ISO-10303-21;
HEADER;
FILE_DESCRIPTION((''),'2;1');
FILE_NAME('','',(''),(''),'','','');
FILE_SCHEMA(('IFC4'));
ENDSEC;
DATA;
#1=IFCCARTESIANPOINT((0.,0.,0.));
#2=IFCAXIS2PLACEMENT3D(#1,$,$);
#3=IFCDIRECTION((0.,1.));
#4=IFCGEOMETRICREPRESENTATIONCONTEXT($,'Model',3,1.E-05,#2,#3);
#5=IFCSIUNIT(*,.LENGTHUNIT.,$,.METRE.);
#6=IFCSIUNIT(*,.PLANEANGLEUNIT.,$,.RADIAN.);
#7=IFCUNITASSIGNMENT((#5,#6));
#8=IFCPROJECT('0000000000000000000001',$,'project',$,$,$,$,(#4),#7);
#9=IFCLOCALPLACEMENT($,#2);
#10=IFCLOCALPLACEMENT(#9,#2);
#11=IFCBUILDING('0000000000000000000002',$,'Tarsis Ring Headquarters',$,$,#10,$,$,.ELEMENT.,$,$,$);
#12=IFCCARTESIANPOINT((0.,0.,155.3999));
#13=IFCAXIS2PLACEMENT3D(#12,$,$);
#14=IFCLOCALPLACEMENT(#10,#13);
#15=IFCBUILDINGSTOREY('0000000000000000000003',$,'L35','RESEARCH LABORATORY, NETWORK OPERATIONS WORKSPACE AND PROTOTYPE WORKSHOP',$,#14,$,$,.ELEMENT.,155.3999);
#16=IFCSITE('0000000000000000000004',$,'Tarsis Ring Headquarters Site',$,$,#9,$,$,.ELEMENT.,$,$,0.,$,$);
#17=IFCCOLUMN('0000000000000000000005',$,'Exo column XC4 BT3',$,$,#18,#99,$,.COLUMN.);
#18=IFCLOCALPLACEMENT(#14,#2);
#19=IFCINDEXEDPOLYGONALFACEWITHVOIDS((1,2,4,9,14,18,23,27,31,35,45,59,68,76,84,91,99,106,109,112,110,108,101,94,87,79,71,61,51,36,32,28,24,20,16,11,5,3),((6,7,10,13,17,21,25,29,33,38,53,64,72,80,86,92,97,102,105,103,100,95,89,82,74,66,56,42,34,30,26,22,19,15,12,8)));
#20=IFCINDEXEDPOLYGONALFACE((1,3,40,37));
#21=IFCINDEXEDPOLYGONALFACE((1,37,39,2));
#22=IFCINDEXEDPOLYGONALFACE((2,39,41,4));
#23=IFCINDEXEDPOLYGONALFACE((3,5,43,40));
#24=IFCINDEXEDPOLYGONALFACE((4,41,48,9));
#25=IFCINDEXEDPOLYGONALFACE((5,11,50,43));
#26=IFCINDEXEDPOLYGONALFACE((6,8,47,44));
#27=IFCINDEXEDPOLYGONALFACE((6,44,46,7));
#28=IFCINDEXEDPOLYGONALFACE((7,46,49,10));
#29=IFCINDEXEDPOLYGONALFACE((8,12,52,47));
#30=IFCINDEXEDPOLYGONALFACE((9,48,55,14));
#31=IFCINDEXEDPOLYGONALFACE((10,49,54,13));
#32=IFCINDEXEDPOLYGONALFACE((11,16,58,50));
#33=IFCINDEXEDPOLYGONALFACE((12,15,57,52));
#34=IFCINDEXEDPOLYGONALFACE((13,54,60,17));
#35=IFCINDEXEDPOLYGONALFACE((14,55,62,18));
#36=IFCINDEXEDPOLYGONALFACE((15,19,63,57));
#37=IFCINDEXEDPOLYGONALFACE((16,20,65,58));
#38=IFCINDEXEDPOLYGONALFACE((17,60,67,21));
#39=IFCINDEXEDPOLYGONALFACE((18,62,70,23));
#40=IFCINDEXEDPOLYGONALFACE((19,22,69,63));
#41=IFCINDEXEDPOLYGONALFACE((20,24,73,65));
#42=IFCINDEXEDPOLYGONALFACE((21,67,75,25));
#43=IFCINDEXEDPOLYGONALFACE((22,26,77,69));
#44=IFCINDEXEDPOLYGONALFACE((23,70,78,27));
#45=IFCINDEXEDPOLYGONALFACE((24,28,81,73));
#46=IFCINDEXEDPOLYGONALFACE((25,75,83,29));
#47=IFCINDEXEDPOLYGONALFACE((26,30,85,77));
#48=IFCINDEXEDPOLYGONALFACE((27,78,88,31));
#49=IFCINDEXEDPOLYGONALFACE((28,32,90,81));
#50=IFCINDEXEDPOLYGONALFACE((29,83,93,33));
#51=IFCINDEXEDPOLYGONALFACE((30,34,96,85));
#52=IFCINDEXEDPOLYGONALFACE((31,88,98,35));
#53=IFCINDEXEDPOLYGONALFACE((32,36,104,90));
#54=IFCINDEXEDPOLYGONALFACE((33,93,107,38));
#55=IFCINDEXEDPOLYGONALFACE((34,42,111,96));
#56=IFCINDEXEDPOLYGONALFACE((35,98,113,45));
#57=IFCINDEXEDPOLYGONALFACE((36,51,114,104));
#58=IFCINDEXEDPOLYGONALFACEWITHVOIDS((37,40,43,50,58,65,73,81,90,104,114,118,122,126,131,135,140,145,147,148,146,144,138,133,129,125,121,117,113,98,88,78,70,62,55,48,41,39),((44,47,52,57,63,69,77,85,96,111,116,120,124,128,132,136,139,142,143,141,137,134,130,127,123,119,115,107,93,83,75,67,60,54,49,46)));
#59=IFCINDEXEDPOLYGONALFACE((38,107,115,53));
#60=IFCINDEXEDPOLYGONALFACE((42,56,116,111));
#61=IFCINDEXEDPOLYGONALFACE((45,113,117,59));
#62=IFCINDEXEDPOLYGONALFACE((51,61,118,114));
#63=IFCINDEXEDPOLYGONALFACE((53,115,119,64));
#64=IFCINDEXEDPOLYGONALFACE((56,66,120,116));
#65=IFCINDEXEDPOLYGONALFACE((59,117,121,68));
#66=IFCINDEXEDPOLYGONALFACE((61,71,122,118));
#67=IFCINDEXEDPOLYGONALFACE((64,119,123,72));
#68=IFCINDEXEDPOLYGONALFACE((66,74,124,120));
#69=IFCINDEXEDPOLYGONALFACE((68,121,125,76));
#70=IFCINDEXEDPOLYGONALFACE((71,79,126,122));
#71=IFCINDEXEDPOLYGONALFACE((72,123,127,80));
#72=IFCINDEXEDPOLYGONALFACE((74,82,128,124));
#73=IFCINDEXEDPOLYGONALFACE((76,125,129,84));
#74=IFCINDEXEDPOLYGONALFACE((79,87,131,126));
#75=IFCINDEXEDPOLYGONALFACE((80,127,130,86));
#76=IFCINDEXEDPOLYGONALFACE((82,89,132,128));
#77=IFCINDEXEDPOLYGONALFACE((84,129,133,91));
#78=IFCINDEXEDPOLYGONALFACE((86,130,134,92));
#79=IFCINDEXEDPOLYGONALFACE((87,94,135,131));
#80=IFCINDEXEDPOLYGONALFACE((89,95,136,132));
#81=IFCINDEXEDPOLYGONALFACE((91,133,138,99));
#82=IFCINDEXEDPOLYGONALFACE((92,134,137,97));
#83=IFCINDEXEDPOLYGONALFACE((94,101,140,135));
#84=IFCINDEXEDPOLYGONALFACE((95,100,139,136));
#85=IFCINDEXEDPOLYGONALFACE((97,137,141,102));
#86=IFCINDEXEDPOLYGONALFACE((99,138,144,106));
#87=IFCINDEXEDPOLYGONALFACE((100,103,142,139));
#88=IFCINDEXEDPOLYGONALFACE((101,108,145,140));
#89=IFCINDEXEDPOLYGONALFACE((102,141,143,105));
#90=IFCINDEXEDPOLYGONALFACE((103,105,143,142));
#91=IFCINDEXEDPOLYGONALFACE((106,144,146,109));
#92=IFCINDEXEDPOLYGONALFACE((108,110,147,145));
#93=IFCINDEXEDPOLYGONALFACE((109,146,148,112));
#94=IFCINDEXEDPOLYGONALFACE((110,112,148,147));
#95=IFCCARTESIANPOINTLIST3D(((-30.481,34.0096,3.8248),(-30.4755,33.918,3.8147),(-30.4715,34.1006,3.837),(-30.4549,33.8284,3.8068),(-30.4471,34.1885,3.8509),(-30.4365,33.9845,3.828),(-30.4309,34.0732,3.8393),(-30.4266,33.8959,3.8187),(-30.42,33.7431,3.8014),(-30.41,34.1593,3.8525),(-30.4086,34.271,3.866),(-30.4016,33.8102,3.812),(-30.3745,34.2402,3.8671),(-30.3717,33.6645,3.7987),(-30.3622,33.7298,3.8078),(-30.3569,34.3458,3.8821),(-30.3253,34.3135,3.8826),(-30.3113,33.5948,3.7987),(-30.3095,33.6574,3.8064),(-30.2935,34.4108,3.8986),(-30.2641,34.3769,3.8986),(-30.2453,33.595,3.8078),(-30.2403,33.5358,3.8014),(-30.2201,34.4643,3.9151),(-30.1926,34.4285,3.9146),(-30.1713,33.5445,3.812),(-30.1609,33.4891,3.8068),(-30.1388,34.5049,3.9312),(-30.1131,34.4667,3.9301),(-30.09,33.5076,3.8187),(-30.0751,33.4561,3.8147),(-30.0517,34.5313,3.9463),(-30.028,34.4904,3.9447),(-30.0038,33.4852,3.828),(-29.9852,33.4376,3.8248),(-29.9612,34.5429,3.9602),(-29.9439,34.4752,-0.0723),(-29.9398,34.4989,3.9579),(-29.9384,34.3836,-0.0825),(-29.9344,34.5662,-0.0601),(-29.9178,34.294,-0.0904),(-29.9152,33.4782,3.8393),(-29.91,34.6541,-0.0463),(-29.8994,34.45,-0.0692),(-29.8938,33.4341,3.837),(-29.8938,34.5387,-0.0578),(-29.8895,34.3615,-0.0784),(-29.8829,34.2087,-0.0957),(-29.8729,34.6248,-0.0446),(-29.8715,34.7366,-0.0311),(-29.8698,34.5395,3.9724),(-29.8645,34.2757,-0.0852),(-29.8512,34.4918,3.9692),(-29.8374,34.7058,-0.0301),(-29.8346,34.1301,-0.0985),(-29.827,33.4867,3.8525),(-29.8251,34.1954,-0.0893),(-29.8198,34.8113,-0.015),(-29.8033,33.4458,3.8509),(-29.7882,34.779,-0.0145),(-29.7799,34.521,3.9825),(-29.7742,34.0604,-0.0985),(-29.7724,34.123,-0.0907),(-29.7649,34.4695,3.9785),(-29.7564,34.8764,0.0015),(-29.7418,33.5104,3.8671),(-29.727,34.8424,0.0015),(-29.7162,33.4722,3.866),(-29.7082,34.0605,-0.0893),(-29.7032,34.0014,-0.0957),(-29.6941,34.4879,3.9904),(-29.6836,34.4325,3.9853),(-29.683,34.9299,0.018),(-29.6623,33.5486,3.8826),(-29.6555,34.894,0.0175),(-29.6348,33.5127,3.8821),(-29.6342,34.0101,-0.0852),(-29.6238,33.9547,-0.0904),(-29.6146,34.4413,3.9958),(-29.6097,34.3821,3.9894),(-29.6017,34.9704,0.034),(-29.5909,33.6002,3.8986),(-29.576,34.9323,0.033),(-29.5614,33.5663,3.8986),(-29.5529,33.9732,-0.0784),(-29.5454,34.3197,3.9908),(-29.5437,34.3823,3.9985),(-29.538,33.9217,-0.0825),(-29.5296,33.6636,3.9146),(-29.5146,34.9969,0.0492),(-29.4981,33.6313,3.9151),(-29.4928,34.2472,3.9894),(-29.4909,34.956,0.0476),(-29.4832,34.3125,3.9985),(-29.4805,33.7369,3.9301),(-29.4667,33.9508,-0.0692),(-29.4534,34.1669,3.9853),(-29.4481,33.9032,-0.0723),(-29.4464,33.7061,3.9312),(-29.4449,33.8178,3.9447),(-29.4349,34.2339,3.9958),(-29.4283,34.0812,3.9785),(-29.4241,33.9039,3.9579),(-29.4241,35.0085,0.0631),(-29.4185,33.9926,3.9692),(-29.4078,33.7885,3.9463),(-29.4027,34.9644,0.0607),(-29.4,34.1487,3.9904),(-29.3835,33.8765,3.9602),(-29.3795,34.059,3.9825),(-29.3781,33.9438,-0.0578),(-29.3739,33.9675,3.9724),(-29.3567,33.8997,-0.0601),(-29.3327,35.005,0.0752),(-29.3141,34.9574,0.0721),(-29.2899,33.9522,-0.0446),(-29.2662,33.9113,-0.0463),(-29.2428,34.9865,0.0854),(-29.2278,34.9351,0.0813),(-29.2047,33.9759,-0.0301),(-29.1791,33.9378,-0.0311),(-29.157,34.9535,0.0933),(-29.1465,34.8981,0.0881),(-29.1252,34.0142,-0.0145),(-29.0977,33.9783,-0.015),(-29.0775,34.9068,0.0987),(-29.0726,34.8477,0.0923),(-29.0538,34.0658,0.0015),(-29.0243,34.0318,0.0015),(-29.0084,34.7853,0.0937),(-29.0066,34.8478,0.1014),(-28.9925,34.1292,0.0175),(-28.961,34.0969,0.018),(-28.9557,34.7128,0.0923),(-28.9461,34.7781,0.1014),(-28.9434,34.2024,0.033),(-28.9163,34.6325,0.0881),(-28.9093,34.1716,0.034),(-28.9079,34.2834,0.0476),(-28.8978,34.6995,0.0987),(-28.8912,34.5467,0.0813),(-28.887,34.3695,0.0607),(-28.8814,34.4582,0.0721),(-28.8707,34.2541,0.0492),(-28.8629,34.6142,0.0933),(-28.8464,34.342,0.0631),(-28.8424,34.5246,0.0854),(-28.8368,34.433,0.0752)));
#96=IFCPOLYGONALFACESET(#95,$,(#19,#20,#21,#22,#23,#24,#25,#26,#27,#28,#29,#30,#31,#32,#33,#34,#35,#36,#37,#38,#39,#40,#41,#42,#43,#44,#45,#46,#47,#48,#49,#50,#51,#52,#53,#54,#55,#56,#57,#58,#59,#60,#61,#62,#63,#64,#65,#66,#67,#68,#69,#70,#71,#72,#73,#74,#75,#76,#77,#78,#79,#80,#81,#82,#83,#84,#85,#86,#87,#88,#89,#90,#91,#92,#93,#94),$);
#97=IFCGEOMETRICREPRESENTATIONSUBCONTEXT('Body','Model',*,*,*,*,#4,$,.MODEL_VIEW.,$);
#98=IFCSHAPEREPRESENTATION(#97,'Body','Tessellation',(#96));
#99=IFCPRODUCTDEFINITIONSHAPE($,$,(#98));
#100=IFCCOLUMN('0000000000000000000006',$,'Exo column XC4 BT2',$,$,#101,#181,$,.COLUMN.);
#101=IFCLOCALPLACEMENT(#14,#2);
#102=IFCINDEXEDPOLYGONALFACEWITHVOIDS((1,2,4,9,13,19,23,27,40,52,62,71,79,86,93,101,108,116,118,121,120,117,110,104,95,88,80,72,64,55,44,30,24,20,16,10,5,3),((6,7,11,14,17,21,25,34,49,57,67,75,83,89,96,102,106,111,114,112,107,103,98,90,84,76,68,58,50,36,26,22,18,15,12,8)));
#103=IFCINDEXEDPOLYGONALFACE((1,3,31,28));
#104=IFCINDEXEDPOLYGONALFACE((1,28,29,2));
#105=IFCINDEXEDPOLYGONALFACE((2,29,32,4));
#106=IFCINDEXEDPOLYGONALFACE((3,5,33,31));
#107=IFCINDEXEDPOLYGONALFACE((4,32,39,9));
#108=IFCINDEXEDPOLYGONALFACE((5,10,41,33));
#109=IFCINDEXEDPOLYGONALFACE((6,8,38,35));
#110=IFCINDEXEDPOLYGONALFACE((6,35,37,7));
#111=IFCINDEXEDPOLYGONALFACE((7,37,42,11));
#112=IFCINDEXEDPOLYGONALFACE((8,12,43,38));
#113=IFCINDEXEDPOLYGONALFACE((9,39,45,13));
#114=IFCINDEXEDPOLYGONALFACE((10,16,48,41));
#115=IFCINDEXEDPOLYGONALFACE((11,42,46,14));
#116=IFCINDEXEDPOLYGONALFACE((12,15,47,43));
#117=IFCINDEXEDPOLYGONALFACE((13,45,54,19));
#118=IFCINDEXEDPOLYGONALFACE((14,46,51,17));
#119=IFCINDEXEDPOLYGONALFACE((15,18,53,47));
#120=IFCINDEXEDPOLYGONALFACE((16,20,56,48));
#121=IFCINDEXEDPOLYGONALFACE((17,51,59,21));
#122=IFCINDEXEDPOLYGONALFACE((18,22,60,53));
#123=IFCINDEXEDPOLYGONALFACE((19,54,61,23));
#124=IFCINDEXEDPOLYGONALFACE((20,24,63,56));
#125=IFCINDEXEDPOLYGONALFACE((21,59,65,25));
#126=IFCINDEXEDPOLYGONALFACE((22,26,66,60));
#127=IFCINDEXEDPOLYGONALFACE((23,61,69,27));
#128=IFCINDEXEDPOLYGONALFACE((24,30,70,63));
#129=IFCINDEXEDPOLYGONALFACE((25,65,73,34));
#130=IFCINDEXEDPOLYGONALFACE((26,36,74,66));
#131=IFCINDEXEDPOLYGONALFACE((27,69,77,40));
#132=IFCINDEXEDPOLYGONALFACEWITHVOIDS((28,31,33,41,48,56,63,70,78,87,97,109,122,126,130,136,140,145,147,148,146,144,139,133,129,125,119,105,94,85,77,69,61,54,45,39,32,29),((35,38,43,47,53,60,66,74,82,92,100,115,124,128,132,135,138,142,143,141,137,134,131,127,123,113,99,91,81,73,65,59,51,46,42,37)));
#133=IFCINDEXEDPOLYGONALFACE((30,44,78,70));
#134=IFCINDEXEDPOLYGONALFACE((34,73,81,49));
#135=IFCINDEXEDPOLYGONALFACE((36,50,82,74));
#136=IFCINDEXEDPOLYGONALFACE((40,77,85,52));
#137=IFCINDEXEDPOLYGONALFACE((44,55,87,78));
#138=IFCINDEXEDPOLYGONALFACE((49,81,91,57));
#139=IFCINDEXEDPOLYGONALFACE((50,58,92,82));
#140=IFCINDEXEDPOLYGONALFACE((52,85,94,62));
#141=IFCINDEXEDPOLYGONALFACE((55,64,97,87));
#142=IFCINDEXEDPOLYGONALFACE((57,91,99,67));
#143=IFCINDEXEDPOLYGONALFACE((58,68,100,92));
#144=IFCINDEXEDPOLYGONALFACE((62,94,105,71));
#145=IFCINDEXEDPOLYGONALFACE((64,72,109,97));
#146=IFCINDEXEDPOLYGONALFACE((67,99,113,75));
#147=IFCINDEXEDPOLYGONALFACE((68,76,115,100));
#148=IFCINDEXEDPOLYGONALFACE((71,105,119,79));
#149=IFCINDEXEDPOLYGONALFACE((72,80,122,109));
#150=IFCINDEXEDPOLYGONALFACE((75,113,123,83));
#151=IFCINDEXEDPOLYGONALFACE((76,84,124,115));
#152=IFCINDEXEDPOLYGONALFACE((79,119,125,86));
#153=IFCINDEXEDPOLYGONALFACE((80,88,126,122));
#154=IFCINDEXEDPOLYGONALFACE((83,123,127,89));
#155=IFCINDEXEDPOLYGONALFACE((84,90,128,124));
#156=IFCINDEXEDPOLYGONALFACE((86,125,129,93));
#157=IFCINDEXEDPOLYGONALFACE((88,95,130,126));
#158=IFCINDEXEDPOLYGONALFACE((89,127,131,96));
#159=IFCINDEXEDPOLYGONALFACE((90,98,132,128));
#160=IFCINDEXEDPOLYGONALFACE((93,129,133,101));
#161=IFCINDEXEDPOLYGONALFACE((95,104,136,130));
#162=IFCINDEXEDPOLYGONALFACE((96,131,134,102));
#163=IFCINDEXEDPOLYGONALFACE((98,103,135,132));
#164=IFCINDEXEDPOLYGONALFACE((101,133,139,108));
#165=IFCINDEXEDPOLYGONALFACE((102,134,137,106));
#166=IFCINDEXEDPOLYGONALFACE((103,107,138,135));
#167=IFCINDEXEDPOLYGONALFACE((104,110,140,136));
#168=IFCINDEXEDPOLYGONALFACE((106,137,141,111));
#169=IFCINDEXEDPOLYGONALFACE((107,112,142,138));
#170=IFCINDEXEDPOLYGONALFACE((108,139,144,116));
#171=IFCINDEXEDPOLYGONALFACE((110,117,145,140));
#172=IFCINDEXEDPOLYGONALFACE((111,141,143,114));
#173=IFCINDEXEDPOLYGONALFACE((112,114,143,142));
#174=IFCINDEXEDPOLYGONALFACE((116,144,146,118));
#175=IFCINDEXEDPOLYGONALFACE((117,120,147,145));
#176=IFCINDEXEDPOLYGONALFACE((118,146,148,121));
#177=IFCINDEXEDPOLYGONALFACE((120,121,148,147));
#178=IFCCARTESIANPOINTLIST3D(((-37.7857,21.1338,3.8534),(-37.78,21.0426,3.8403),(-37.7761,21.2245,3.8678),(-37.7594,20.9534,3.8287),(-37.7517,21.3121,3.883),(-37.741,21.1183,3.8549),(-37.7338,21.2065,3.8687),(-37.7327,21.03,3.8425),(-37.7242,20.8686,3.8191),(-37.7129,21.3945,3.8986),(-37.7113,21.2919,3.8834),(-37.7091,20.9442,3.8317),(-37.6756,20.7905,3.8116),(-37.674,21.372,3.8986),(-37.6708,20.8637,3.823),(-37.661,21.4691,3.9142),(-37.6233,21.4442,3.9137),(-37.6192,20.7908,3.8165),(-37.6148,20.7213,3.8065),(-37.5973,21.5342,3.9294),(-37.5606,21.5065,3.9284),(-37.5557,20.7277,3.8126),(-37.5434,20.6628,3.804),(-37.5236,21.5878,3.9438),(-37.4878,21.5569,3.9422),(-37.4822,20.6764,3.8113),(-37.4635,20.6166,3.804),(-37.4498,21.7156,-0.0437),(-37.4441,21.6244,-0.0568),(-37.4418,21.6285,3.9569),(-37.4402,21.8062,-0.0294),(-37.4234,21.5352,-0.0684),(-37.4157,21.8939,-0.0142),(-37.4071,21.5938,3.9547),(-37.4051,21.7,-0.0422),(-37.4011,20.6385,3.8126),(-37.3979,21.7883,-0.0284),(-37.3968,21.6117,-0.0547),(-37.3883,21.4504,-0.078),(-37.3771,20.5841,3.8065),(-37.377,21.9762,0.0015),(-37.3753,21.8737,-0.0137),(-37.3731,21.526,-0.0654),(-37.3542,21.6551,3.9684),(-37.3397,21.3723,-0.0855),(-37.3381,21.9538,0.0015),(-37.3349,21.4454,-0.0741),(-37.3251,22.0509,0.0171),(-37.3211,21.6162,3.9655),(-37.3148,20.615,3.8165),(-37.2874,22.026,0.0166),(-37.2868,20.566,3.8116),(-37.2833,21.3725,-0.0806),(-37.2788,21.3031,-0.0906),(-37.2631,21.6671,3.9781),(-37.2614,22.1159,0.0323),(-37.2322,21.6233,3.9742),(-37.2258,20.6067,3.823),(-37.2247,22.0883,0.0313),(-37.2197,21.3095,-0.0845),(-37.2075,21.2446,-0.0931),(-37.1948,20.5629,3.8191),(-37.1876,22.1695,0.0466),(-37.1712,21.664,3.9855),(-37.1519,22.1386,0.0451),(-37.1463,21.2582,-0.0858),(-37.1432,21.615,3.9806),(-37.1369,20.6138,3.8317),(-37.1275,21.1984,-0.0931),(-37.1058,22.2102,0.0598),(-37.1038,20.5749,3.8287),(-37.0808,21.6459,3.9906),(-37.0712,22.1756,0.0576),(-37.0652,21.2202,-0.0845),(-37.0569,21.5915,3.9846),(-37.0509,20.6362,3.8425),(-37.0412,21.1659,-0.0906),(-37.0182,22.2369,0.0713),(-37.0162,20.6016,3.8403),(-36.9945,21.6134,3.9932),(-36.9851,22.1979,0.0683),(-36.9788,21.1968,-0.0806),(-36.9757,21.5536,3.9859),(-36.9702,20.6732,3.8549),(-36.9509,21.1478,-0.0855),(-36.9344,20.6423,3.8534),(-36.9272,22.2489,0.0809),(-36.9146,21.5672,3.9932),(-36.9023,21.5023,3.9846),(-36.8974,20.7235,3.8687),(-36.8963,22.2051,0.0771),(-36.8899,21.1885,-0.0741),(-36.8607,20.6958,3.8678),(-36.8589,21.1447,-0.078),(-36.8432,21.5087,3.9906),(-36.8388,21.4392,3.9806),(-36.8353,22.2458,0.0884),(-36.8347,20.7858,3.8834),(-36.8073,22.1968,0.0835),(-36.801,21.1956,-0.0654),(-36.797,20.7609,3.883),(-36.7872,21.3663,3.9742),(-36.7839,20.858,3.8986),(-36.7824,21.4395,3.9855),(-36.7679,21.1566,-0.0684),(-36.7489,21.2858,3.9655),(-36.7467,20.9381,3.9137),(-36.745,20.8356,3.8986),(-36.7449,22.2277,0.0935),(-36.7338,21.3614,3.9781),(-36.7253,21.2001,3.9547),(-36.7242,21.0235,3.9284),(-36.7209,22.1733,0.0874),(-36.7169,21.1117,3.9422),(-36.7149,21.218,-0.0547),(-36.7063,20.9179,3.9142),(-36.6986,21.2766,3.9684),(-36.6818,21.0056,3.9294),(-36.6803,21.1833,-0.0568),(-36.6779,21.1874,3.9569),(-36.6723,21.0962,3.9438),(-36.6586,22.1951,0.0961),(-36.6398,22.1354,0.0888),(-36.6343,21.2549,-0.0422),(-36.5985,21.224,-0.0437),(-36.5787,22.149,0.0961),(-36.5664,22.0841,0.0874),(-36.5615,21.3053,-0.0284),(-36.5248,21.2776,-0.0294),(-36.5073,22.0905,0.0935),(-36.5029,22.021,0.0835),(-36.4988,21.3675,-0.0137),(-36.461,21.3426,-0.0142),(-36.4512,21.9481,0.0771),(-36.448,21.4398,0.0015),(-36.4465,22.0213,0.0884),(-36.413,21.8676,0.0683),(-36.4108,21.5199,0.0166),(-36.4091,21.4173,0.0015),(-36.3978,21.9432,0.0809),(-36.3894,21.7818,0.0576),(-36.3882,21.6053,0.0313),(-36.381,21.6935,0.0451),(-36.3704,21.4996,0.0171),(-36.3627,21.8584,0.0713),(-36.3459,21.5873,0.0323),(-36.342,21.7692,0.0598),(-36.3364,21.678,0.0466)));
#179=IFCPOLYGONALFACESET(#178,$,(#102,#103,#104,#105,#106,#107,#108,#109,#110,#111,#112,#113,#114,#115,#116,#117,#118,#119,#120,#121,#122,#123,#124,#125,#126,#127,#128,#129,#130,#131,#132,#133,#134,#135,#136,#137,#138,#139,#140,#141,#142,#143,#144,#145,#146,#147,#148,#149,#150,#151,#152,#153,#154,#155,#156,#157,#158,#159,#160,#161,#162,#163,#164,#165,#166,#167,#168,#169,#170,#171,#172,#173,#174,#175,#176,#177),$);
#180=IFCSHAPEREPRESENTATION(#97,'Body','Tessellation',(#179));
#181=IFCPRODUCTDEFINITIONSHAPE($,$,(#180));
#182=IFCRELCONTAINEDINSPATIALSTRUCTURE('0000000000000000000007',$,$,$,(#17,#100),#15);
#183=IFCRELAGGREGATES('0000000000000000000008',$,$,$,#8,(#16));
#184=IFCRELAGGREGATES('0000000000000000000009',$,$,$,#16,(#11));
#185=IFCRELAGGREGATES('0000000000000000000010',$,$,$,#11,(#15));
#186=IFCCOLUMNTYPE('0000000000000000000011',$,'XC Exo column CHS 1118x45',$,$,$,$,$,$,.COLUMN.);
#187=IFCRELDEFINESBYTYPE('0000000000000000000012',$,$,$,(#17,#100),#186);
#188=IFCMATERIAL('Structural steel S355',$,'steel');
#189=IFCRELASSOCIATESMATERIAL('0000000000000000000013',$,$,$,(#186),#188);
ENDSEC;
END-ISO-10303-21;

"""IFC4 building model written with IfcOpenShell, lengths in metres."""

from ifc_helpers import new_model, si_unit, direction, frame, origin, origin_2d, place, context, subcontext, project, spatial, hollow_circle, extrude, material, material_profile, profile_set, type_object, element, save


model = new_model("IFC4")

# Units and contexts
model_context = context("Model", 3, precision=1e-05, world=origin(), true_north=direction((0.0, 1.0)))
body_context = subcontext(model_context, "Body", "Model", "MODEL_VIEW")
ifc_project = project(units=[si_unit("LENGTHUNIT", "METRE"), si_unit("PLANEANGLEUNIT", "RADIAN")], contexts=[model_context])

# Site, building, storey
site_placement = place(None, origin())
site = spatial("IfcSite", under=ifc_project, at=site_placement, Name="Tarsis Ring Headquarters Site", CompositionType="ELEMENT", RefElevation=0.0)
building_placement = place(site_placement, origin())
building = spatial("IfcBuilding", under=site, at=building_placement, Name="Tarsis Ring Headquarters", CompositionType="ELEMENT")
storey_placement = place(building_placement, frame((0.0, 0.0, 155.3999)))
storey = spatial("IfcBuildingStorey", under=building, at=storey_placement, Name="L35", Description="RESEARCH LABORATORY, NETWORK OPERATIONS WORKSPACE AND PROTOTYPE WORKSHOP", CompositionType="ELEMENT", Elevation=155.3999)

# Columns
ifc_material_1 = material(Name="Structural steel S355", Category="steel")
ifc_material_profile_1 = material_profile(ifc_material_1, hollow_circle(Radius=0.5588, WallThickness=0.0449, at=origin_2d()), Name="CHS 1118x45")
ifc_profile_set_1 = profile_set([ifc_material_profile_1], Name="Structural steel S355")
column_type = type_object("IfcColumnType", Name="XC Exo column CHS 1118x45", PredefinedType="COLUMN", material=ifc_profile_set_1)
column_1_placement = place(storey_placement, frame((-29.3904, 34.4541, 0.0015), z_axis=(-0.135582, -0.117525, 0.983771), x_axis=(0.654996, -0.755632, 0.0)))
element("IfcColumn", 1, at=column_1_placement, inside=storey, type_object=column_type, Name="Exo column XC4 BT3", PredefinedType="COLUMN", context=body_context, shape_type="SweptSolid", body=[
    extrude(hollow_circle(Radius=0.5588, WallThickness=0.0449, at=origin_2d()), origin(), (0.0, 0.0, 1.0), 3.9614),
])
column_2_placement = place(storey_placement, frame((-36.8931, 21.6968, 0.0015), z_axis=(-0.084946, -0.147113, 0.985465), x_axis=(0.865998, -0.500048, 0.0)))
element("IfcColumn", 2, at=column_2_placement, inside=storey, type_object=column_type, Name="Exo column XC4 BT2", PredefinedType="COLUMN", context=body_context, shape_type="SweptSolid", body=[
    extrude(hollow_circle(Radius=0.5588, WallThickness=0.0449, at=origin_2d()), origin(), (0.0, 0.0, 1.0), 3.9546),
])

save(model, "model.ifc")
